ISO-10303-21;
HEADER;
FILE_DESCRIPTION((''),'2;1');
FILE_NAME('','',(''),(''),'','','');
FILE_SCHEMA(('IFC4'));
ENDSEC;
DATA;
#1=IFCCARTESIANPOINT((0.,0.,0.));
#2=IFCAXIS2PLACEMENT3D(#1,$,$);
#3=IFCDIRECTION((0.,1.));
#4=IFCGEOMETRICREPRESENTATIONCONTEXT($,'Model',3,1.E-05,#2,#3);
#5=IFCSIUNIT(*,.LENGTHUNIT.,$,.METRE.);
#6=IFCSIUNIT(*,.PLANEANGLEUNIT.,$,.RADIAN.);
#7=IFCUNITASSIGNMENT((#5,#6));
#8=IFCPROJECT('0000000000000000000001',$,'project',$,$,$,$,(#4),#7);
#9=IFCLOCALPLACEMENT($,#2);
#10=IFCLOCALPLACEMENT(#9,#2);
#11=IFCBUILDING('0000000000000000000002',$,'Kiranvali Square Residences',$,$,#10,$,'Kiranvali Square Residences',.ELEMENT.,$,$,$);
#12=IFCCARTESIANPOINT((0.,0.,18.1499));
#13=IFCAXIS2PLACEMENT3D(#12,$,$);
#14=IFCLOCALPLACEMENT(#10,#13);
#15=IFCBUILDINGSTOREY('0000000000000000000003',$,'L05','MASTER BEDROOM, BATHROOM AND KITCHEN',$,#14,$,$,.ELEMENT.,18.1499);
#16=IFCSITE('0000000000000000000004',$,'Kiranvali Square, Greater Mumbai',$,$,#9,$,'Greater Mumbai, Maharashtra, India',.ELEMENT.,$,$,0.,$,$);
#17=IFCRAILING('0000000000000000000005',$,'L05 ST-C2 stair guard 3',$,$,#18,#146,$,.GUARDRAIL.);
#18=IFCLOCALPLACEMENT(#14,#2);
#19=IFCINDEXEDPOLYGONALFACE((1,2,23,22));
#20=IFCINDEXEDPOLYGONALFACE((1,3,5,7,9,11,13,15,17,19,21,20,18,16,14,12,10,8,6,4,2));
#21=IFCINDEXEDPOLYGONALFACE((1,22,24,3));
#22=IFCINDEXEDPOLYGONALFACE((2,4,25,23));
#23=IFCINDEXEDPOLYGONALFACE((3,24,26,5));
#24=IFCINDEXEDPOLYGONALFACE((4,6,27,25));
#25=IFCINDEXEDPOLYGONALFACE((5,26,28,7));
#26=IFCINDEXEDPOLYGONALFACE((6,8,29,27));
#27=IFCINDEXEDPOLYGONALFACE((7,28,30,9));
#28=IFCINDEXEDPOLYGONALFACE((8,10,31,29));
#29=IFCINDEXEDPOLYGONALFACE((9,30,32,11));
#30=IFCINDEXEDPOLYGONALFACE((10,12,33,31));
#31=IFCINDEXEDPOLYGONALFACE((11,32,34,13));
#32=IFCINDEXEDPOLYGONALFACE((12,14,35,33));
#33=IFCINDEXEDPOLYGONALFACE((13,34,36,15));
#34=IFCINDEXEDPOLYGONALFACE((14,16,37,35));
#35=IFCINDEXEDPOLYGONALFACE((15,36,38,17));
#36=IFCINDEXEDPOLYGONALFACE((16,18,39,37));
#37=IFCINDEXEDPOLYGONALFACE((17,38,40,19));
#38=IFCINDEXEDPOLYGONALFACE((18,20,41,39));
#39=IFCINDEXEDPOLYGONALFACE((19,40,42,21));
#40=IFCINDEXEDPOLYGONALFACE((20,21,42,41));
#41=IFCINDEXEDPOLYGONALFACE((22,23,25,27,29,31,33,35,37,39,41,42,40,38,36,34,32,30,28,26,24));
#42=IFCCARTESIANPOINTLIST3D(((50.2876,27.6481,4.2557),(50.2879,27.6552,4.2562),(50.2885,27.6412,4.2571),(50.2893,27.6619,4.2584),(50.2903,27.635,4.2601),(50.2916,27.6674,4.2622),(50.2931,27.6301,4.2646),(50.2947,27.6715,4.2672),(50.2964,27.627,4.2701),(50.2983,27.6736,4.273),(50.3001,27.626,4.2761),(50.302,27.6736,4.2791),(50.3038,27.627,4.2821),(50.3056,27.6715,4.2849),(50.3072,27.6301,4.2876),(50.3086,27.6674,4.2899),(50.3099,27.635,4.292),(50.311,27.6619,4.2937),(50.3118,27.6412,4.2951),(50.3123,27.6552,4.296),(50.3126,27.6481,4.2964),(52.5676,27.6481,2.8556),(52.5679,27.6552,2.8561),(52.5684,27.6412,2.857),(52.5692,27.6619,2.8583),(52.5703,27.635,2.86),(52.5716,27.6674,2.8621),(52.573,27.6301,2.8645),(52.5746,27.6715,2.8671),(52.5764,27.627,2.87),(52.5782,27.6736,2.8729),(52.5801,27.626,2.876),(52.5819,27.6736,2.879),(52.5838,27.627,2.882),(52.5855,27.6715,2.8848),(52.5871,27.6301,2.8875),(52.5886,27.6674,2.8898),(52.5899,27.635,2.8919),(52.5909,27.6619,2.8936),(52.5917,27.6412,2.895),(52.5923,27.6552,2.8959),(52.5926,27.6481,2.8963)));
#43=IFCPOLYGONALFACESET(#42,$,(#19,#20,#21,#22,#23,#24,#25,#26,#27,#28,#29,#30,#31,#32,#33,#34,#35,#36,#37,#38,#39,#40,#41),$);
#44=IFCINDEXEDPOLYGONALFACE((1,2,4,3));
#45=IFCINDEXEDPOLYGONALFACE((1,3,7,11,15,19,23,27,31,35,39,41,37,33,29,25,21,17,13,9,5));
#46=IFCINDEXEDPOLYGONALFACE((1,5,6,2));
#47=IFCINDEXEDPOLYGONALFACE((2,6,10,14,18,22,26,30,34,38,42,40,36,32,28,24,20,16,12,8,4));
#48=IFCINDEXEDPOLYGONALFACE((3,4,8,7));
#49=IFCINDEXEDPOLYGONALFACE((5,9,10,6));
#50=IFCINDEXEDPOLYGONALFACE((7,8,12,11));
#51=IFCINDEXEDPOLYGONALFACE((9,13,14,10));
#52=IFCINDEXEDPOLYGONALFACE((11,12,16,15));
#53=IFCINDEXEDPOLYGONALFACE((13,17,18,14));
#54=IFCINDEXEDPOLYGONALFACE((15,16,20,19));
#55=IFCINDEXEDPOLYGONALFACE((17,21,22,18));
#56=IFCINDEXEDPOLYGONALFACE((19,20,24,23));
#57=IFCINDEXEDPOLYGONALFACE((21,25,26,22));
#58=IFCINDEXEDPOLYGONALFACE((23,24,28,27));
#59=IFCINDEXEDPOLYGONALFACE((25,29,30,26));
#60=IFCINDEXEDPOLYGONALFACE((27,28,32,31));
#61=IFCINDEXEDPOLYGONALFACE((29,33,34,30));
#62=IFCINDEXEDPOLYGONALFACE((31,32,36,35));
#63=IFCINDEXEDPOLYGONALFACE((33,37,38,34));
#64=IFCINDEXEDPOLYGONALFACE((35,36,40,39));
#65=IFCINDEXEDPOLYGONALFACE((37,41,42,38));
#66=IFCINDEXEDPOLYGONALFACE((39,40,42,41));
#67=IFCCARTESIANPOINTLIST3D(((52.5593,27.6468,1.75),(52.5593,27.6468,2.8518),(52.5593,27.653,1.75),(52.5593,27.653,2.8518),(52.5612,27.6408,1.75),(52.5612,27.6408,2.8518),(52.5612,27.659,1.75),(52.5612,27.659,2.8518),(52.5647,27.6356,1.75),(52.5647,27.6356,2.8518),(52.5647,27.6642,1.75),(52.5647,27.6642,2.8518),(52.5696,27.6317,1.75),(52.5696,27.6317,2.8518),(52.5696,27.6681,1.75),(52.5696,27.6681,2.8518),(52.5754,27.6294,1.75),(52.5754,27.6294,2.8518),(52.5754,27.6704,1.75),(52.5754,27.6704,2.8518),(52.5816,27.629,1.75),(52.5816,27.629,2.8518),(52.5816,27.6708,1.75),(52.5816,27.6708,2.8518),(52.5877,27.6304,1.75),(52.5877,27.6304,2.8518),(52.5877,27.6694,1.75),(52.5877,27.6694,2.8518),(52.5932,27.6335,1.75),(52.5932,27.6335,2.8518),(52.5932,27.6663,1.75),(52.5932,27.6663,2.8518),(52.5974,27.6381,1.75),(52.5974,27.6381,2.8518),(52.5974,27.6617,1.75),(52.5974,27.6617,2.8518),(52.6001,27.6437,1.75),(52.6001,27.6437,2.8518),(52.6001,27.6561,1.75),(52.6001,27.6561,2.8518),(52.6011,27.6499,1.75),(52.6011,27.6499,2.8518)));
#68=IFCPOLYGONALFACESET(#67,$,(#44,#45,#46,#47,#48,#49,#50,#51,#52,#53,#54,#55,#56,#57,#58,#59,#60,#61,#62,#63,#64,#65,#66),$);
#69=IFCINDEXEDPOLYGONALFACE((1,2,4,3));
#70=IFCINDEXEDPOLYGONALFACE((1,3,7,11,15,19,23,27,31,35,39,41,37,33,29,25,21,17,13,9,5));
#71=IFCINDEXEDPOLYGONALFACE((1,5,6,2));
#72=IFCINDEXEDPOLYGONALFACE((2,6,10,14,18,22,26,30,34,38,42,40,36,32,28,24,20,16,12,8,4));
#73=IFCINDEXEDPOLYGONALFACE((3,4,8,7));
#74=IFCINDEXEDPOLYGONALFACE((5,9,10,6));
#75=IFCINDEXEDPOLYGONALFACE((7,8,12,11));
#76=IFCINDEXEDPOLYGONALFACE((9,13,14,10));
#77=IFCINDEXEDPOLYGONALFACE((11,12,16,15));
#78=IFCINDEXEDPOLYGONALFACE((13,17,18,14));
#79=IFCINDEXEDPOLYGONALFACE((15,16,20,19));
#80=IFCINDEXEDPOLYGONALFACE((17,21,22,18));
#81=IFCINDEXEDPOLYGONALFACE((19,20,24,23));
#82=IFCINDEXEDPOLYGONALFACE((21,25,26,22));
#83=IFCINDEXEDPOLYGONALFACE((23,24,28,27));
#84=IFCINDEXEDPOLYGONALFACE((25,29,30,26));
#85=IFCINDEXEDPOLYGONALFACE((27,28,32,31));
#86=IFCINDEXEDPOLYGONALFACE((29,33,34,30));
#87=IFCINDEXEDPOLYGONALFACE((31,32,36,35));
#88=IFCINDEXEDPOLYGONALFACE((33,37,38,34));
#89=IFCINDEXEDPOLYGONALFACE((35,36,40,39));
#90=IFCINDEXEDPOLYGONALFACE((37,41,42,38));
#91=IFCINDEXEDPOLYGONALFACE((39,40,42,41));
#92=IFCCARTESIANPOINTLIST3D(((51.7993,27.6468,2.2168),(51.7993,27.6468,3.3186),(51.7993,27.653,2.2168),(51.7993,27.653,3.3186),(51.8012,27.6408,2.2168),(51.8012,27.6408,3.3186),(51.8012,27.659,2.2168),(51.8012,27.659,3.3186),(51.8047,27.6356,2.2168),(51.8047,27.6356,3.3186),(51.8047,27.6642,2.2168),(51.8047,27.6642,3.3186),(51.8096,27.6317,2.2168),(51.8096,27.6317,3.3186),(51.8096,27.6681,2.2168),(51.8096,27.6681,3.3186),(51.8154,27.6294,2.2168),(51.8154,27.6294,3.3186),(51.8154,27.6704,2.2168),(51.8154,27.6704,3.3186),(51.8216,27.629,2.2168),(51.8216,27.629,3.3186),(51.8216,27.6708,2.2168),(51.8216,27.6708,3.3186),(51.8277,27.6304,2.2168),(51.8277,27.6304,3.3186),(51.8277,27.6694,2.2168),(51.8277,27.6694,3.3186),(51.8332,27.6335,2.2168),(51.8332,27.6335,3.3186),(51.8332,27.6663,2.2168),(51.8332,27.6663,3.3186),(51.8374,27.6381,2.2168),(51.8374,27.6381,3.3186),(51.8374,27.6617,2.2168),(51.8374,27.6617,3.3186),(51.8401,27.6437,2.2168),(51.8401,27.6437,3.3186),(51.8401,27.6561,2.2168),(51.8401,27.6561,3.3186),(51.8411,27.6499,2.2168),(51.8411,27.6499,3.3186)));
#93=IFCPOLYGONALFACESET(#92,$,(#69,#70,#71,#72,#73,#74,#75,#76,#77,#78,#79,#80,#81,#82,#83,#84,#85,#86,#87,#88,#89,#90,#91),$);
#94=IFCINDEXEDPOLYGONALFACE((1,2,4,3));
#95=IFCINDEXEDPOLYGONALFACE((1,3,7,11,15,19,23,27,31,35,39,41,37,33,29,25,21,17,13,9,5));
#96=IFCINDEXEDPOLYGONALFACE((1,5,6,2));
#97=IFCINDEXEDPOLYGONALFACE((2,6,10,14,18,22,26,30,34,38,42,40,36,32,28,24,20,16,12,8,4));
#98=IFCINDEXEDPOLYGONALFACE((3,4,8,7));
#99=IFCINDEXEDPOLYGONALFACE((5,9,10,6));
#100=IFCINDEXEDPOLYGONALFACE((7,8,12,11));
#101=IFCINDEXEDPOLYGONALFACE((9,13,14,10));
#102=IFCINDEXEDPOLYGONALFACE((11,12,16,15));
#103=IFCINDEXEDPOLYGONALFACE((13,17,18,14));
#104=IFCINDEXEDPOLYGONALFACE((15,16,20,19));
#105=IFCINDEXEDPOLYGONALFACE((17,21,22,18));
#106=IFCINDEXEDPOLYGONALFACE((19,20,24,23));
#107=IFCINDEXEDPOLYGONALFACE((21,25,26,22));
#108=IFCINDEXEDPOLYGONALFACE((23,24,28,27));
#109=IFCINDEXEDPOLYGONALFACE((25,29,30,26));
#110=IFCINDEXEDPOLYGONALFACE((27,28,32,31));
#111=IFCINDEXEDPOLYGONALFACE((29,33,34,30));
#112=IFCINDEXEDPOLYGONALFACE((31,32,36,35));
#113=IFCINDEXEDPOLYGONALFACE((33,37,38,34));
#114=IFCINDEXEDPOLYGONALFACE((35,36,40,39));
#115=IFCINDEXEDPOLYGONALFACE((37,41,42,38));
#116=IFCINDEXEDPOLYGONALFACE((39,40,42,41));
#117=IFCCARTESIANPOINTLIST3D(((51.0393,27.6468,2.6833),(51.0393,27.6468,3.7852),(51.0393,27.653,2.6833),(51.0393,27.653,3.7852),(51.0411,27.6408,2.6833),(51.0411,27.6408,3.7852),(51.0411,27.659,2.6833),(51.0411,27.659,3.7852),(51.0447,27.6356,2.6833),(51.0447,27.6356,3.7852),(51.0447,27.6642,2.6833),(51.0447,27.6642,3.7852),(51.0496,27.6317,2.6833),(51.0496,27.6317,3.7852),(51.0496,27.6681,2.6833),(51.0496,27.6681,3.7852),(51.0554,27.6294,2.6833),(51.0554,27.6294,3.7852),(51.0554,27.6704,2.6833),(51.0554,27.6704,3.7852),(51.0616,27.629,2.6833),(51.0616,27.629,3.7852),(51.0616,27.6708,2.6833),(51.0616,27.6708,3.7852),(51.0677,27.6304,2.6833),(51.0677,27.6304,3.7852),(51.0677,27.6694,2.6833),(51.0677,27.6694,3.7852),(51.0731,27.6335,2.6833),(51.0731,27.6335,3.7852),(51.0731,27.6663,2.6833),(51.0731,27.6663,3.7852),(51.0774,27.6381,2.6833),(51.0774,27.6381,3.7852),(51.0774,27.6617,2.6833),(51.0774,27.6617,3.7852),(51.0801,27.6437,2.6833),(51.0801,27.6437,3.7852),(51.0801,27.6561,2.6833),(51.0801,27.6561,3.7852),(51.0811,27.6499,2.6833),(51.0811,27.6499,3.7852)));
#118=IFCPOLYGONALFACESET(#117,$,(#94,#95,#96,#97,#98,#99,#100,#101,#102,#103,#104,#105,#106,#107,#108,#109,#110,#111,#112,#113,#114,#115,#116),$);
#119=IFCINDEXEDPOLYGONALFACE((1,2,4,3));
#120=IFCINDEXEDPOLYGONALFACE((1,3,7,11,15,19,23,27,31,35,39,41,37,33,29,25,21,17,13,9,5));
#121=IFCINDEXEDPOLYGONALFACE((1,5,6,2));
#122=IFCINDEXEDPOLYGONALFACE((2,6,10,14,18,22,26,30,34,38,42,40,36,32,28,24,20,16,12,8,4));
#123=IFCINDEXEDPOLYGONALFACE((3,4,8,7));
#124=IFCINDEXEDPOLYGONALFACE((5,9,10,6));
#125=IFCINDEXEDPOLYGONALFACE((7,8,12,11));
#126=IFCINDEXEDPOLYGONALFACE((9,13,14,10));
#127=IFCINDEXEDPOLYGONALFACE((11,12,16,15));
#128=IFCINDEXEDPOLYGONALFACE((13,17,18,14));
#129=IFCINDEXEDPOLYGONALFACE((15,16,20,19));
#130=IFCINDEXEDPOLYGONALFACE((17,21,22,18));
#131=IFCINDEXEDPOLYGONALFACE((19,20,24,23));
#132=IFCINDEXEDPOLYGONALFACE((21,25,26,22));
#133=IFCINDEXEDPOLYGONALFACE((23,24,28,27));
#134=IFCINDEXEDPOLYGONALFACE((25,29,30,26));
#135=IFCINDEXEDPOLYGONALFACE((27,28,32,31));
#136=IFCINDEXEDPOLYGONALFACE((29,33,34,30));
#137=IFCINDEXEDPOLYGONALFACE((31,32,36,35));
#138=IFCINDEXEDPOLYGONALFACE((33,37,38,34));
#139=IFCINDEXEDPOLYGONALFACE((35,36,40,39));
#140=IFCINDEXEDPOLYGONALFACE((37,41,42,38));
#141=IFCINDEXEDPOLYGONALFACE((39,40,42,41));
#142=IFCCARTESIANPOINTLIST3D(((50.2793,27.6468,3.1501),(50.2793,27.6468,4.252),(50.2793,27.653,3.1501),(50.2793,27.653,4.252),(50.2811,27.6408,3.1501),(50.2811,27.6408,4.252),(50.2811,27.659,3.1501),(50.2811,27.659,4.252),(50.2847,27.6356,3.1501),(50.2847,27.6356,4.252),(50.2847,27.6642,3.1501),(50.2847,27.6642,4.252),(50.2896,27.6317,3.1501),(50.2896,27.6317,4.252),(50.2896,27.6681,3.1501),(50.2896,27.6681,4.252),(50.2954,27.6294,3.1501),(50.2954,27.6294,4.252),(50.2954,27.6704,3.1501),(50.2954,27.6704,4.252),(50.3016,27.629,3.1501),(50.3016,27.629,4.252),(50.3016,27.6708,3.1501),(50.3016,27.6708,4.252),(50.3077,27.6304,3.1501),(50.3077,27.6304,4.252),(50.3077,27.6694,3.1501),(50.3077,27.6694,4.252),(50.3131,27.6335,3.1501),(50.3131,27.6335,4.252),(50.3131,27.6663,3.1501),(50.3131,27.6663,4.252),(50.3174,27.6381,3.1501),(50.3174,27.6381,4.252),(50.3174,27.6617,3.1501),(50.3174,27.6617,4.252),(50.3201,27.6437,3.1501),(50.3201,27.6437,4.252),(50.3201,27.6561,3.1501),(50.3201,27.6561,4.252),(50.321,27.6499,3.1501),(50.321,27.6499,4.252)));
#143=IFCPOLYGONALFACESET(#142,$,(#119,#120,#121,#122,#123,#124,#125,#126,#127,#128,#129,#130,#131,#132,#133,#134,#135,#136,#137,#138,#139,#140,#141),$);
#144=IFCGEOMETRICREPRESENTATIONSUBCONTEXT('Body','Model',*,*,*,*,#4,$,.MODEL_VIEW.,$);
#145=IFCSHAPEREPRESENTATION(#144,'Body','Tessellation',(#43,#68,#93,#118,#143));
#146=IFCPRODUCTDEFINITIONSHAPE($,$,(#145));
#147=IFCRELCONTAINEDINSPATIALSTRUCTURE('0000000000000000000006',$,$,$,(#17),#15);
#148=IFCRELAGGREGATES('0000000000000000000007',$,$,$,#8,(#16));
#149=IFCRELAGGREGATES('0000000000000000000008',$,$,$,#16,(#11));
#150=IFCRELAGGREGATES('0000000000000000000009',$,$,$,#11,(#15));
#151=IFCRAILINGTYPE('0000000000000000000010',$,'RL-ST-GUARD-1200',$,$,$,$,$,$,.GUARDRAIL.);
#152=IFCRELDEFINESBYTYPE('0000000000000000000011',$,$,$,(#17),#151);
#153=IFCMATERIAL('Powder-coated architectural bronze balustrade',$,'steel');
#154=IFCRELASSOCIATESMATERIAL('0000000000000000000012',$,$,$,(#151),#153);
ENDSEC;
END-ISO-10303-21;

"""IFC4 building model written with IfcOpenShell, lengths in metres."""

from ifc_helpers import new_model, si_unit, direction, frame, origin, origin_2d, place, context, subcontext, project, spatial, circle, extrude, material, type_object, element, save


model = new_model("IFC4")

# Units and contexts
model_context = context("Model", 3, precision=1e-05, world=origin(), true_north=direction((0.0, 1.0)))
body_context = subcontext(model_context, "Body", "Model", "MODEL_VIEW")
ifc_project = project(units=[si_unit("LENGTHUNIT", "METRE"), si_unit("PLANEANGLEUNIT", "RADIAN")], contexts=[model_context])

# Site, building, storey
site_placement = place(None, origin())
site = spatial("IfcSite", under=ifc_project, at=site_placement, Name="Kiranvali Square, Greater Mumbai", LongName="Greater Mumbai, Maharashtra, India", CompositionType="ELEMENT", RefElevation=0.0)
building_placement = place(site_placement, origin())
building = spatial("IfcBuilding", under=site, at=building_placement, Name="Kiranvali Square Residences", LongName="Kiranvali Square Residences", CompositionType="ELEMENT")
storey_placement = place(building_placement, frame((0.0, 0.0, 18.1499)))
storey = spatial("IfcBuildingStorey", under=building, at=storey_placement, Name="L05", Description="MASTER BEDROOM, BATHROOM AND KITCHEN", CompositionType="ELEMENT", Elevation=18.1499)

# Railing
ifc_material_1 = material(Name="Powder-coated architectural bronze balustrade", Category="steel")
railing_type_1 = type_object("IfcRailingType", Name="RL-ST-GUARD-1200", PredefinedType="GUARDRAIL", material=ifc_material_1)
railing_1_placement = place(storey_placement, frame((52.5801, 27.6499, 1.75)))
element("IfcRailing", 1, at=railing_1_placement, inside=storey, type_object=railing_type_1, Name="L05 ST-C2 stair guard 3", PredefinedType="GUARDRAIL", context=body_context, shape_type="SweptSolid", body=[
    extrude(circle(Radius=0.0239, at=origin_2d()), frame((0.0, 0.0, 1.126), z_axis=(-0.85215, 0.0, 0.523298), x_axis=(0.0, -1.0, 0.0)), (0.0, 0.0, 1.0), 2.6755),
    extrude(circle(Radius=0.021, at=origin_2d()), origin(), (0.0, 0.0, 1.0), 1.1018),
    extrude(circle(Radius=0.021, at=origin_2d()), frame((-0.76, 0.0, 0.4668)), (0.0, 0.0, 1.0), 1.1018),
    extrude(circle(Radius=0.021, at=origin_2d()), frame((-1.52, 0.0, 0.9333)), (0.0, 0.0, 1.0), 1.1018),
    extrude(circle(Radius=0.021, at=origin_2d()), frame((-2.28, 0.0, 1.4001)), (0.0, 0.0, 1.0), 1.1018),
])

save(model, "model.ifc")
